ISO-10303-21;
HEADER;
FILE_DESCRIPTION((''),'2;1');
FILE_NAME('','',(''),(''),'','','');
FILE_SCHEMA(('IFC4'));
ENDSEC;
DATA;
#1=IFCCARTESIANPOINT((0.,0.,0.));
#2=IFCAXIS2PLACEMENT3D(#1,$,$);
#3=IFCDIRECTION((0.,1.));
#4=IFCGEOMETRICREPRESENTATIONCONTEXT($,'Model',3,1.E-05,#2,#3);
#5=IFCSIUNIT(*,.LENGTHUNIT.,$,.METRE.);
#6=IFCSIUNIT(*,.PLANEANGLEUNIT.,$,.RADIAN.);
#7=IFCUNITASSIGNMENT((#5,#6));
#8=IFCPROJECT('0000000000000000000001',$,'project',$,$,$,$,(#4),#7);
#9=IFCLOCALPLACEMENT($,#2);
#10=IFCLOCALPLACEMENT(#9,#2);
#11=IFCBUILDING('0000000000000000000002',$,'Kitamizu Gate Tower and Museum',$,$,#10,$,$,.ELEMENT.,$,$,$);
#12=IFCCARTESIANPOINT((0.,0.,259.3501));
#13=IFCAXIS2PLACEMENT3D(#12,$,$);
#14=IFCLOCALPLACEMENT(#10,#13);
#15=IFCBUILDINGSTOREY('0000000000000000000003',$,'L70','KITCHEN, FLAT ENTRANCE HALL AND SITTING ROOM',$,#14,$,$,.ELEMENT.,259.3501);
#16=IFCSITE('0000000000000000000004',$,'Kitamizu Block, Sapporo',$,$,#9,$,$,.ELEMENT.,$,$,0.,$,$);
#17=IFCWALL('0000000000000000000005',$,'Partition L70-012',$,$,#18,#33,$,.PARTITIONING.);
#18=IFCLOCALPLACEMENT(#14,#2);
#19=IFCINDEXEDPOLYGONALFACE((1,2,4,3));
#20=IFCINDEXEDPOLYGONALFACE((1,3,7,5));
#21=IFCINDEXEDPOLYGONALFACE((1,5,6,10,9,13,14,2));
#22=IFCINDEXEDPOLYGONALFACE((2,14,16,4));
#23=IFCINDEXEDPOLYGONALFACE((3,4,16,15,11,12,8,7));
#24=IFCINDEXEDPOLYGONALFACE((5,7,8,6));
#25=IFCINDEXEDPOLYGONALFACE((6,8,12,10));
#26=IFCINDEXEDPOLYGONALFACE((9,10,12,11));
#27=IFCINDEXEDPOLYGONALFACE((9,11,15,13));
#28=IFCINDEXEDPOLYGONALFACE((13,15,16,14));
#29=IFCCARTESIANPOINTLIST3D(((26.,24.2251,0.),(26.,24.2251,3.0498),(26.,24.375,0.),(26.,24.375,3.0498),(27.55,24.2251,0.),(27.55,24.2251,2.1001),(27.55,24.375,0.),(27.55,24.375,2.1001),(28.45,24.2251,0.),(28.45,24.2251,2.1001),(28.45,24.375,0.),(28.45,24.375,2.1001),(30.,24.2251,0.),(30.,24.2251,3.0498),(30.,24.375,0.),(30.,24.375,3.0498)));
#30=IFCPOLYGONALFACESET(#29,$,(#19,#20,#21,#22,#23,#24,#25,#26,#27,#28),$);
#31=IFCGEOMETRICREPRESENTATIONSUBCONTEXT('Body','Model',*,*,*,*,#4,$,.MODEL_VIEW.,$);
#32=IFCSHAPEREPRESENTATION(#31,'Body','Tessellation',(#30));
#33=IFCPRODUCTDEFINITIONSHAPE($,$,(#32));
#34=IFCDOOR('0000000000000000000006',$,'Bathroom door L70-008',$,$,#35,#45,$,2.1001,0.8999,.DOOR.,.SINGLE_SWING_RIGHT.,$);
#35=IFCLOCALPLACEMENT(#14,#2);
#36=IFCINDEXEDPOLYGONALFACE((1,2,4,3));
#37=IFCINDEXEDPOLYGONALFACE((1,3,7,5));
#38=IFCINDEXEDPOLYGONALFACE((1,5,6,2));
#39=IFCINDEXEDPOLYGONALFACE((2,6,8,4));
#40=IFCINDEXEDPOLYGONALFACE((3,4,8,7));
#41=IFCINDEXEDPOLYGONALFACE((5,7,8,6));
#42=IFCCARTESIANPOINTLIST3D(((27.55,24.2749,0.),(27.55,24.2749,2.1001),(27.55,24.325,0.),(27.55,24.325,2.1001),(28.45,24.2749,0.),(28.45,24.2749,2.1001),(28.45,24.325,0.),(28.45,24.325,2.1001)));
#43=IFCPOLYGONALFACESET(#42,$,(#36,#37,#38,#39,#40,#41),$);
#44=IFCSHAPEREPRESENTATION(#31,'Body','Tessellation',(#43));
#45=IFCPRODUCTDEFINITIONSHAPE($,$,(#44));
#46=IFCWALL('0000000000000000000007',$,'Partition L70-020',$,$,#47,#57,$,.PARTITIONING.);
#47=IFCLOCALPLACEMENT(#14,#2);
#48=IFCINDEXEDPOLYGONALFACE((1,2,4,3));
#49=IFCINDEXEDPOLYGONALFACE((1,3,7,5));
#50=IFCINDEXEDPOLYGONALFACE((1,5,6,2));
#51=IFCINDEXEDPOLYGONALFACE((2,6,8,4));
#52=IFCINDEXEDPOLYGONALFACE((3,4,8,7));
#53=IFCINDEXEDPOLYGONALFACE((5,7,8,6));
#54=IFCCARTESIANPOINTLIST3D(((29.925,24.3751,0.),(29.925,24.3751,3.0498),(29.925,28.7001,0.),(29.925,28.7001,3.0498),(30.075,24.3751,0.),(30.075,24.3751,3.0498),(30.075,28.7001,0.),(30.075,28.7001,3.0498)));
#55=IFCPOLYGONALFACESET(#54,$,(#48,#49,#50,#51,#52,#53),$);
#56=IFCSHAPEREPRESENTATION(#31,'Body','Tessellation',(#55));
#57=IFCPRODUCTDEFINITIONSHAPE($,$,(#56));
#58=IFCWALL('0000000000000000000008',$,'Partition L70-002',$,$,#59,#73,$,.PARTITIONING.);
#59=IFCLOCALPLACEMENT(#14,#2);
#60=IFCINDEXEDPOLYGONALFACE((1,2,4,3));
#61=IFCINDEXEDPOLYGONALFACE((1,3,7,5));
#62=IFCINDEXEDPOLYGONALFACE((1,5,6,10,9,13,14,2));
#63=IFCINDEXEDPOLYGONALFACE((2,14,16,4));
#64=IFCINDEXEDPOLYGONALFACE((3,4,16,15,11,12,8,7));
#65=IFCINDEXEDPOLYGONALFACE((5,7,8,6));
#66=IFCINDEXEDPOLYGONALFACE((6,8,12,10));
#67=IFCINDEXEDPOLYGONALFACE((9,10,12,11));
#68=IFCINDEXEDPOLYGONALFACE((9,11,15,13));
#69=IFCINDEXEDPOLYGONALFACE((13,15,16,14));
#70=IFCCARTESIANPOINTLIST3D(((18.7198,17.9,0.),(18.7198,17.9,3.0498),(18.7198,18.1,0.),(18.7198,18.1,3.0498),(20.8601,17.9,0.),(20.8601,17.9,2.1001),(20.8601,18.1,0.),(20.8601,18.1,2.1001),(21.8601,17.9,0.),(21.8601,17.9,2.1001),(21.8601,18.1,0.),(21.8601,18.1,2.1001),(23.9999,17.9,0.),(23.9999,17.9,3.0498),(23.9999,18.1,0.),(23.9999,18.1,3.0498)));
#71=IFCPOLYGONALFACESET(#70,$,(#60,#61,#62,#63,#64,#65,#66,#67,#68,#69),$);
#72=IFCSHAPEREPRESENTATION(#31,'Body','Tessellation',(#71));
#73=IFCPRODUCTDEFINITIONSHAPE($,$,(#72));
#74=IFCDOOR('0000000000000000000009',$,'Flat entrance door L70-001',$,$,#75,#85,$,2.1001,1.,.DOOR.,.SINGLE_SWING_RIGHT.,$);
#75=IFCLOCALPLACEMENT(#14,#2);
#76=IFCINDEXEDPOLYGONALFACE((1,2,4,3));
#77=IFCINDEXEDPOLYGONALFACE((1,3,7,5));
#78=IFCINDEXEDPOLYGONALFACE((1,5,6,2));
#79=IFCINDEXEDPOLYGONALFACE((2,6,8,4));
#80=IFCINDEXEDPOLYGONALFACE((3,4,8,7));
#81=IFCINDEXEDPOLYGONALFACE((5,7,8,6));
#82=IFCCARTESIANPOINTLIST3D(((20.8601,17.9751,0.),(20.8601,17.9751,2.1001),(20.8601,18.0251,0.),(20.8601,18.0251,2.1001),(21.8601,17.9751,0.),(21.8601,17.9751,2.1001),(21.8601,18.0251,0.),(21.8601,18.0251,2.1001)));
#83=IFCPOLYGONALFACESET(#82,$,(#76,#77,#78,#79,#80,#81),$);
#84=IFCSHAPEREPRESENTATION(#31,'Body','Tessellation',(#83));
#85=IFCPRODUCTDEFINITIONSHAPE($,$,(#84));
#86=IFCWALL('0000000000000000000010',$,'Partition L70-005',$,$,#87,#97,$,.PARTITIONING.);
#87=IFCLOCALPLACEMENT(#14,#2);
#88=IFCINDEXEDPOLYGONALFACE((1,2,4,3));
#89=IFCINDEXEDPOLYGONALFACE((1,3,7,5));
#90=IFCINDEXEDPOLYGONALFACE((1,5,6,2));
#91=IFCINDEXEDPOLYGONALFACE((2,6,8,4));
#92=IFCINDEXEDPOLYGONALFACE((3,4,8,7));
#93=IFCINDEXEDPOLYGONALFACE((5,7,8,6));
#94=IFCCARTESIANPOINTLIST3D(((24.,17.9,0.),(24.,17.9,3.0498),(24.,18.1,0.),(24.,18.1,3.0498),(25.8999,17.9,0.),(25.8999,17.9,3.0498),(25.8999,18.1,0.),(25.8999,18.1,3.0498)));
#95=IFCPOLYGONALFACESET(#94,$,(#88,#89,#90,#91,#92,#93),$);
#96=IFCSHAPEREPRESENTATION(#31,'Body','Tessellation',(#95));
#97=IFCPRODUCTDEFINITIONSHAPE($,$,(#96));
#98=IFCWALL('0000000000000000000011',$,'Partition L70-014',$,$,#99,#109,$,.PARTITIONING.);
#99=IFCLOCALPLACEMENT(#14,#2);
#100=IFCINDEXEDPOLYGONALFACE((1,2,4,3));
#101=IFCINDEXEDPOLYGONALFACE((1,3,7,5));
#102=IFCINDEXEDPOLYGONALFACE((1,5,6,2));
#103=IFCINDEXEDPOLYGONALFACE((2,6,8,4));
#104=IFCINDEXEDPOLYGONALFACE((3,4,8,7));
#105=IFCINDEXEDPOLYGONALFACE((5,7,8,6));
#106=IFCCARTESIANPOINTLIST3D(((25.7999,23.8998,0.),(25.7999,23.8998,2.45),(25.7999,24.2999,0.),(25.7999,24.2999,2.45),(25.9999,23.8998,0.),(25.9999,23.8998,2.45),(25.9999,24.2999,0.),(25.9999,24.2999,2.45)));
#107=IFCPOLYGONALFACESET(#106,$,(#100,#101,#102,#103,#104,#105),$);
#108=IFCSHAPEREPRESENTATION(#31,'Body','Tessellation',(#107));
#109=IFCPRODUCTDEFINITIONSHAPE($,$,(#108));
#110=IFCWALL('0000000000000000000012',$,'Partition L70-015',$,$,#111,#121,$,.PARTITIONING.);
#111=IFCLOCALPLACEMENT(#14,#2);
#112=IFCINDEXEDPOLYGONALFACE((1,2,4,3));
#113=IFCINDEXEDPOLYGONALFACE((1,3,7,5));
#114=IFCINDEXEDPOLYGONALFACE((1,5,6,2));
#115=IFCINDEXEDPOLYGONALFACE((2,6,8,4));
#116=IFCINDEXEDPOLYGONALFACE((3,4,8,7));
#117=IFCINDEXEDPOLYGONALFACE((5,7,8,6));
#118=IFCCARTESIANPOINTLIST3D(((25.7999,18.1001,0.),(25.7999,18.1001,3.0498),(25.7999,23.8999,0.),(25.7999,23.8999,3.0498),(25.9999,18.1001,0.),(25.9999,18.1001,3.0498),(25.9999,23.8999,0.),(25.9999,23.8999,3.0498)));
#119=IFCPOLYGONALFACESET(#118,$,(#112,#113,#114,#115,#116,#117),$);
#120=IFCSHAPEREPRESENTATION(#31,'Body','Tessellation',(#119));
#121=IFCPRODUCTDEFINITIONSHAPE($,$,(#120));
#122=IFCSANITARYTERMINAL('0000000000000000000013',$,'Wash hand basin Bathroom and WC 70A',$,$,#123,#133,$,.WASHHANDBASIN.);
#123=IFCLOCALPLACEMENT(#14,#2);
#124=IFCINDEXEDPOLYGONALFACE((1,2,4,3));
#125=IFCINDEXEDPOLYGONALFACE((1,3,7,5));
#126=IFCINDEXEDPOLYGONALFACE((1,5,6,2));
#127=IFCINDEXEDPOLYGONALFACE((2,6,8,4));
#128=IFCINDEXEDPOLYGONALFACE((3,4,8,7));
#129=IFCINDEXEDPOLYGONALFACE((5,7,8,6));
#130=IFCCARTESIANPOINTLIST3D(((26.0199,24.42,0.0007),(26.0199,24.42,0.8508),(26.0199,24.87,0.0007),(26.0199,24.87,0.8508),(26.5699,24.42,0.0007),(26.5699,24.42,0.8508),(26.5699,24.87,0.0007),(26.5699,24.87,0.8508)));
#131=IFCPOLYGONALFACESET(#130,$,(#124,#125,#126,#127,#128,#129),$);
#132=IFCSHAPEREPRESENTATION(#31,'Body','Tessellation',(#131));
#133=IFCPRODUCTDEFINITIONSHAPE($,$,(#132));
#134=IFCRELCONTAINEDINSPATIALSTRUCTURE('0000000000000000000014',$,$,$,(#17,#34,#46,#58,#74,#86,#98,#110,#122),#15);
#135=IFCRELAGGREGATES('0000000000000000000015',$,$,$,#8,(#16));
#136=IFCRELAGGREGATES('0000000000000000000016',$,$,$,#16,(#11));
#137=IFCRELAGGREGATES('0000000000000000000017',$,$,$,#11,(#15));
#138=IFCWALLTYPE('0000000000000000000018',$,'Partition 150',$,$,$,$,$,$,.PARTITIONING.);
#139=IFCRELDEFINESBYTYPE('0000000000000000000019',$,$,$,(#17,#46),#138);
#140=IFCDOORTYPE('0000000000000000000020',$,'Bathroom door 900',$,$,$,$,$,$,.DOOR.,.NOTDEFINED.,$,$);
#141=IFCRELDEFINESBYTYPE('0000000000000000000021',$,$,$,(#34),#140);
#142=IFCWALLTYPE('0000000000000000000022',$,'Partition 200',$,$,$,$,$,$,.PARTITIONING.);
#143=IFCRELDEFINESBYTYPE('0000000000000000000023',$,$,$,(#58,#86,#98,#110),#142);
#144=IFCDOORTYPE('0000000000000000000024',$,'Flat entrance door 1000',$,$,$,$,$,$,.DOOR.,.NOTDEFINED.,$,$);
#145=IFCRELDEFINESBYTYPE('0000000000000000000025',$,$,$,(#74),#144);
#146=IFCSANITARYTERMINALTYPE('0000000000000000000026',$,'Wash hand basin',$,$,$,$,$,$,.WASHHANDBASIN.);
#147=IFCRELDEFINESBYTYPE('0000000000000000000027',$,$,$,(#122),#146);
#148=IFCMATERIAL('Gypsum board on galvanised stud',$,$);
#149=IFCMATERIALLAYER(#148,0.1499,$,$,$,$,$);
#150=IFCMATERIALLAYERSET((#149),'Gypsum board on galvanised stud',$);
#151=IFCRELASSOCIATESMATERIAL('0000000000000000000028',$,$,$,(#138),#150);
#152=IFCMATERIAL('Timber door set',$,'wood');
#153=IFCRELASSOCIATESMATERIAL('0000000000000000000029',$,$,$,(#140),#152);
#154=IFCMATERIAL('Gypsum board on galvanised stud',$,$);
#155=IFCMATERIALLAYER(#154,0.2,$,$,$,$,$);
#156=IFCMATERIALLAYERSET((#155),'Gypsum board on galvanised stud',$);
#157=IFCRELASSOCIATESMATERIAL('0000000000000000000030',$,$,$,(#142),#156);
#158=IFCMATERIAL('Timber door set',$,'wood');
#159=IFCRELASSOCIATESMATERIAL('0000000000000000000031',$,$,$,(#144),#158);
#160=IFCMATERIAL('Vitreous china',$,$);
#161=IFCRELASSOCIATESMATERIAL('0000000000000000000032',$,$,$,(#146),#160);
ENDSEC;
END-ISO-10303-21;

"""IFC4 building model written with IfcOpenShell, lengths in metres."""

from ifc_helpers import new_model, si_unit, direction, frame, frame_2d, origin, origin_2d, place, context, subcontext, project, spatial, rectangle, extrude, material, layer, layer_set, type_object, element, fill, save


model = new_model("IFC4")

# Units and contexts
model_context = context("Model", 3, precision=1e-05, world=origin(), true_north=direction((0.0, 1.0)))
body_context = subcontext(model_context, "Body", "Model", "MODEL_VIEW")
ifc_project = project(units=[si_unit("LENGTHUNIT", "METRE"), si_unit("PLANEANGLEUNIT", "RADIAN")], contexts=[model_context])

# Site, building, storey
site_placement = place(None, origin())
site = spatial("IfcSite", under=ifc_project, at=site_placement, Name="Kitamizu Block, Sapporo", CompositionType="ELEMENT", RefElevation=0.0)
building_placement = place(site_placement, origin())
building = spatial("IfcBuilding", under=site, at=building_placement, Name="Kitamizu Gate Tower and Museum", CompositionType="ELEMENT")
storey_placement = place(building_placement, frame((0.0, 0.0, 259.3501)))
storey = spatial("IfcBuildingStorey", under=building, at=storey_placement, Name="L70", Description="KITCHEN, FLAT ENTRANCE HALL AND SITTING ROOM", CompositionType="ELEMENT", Elevation=259.3501)

# Wall, opening, door
ifc_material_1 = material(Name="Gypsum board on galvanised stud")
ifc_layer_1 = layer(ifc_material_1, 0.1499)
ifc_layer_set_1 = layer_set([ifc_layer_1], Name="Gypsum board on galvanised stud")
wall_type_1 = type_object("IfcWallType", Name="Partition 150", PredefinedType="PARTITIONING", material=ifc_layer_set_1)
wall_1_placement = place(storey_placement, frame((30.0, 24.3, 0.0), z_axis=(0.0, 0.0, 1.0), x_axis=(-1.0, 0.0, 0.0)))
wall_1 = element("IfcWall", 1, at=wall_1_placement, inside=storey, type_object=wall_type_1, Name="Partition L70-012", PredefinedType="PARTITIONING", context=body_context, shape_type="SweptSolid", body=[
    extrude(rectangle(XDim=4.0, YDim=0.1499, at=frame_2d((2.0, 0.0))), origin(), (0.0, 0.0, 1.0), 3.0498),
])
opening_1_placement = place(wall_1_placement, frame((1.55, 0.0, 0.0)))
opening_1 = element("IfcOpeningElement", 2, at=opening_1_placement, cuts=wall_1, PredefinedType="OPENING", context=body_context, shape_type="SweptSolid", body=[
    extrude(rectangle(XDim=0.8999, YDim=2.1001, at=frame_2d((0.45, 1.05))), frame((0.0, 0.085, 0.0), z_axis=(0.0, -1.0, 0.0), x_axis=(1.0, 0.0, 0.0)), (0.0, 0.0, 1.0), 0.1699),
])
ifc_material_2 = material(Name="Timber door set", Category="wood")
door_type_1 = type_object("IfcDoorType", Name="Bathroom door 900", OperationType="NOTDEFINED", PredefinedType="DOOR", material=ifc_material_2)
door_1_placement = place(opening_1_placement, frame((0.8999, 0.0, 0.0), x_axis=(-1.0, 0.0, 0.0)))
door_1 = element("IfcDoor", 3, at=door_1_placement, inside=storey, type_object=door_type_1, Name="Bathroom door L70-008", OperationType="SINGLE_SWING_RIGHT", OverallHeight=2.1001, OverallWidth=0.8999, PredefinedType="DOOR", context=body_context, shape_type="SweptSolid", body=[
    extrude(rectangle(XDim=0.8999, YDim=2.1001, at=frame_2d((0.45, 1.05))), frame((0.0, 0.0249, 0.0), z_axis=(0.0, -1.0, 0.0), x_axis=(1.0, 0.0, 0.0)), (0.0, 0.0, 1.0), 0.05),
])
fill(opening_1, door_1)

# Wall
wall_2_placement = place(storey_placement, frame((30.0, 24.375, 0.0), z_axis=(0.0, 0.0, 1.0), x_axis=(0.0, 1.0, 0.0)))
element("IfcWall", 4, at=wall_2_placement, inside=storey, type_object=wall_type_1, Name="Partition L70-020", PredefinedType="PARTITIONING", context=body_context, shape_type="SweptSolid", body=[
    extrude(rectangle(XDim=4.325, YDim=0.1499, at=frame_2d((2.1626, 0.0))), origin(), (0.0, 0.0, 1.0), 3.0498),
])

# Wall, opening, door
ifc_material_3 = material(Name="Gypsum board on galvanised stud")
ifc_layer_2 = layer(ifc_material_3, 0.2)
ifc_layer_set_2 = layer_set([ifc_layer_2], Name="Gypsum board on galvanised stud")
wall_type_2 = type_object("IfcWallType", Name="Partition 200", PredefinedType="PARTITIONING", material=ifc_layer_set_2)
wall_3_placement = place(storey_placement, frame((24.0, 18.0, 0.0), z_axis=(0.0, 0.0, 1.0), x_axis=(-1.0, 0.0, 0.0)))
wall_3 = element("IfcWall", 5, at=wall_3_placement, inside=storey, type_object=wall_type_2, Name="Partition L70-002", PredefinedType="PARTITIONING", context=body_context, shape_type="SweptSolid", body=[
    extrude(rectangle(XDim=5.28, YDim=0.2, at=frame_2d((2.6401, 0.0))), origin(), (0.0, 0.0, 1.0), 3.0498),
])
opening_2_placement = place(wall_3_placement, frame((2.1399, 0.0, 0.0)))
opening_2 = element("IfcOpeningElement", 6, at=opening_2_placement, cuts=wall_3, PredefinedType="OPENING", context=body_context, shape_type="SweptSolid", body=[
    extrude(rectangle(XDim=1.0, YDim=2.1001, at=frame_2d((0.5, 1.05))), frame((0.0, 0.1099, 0.0), z_axis=(0.0, -1.0, 0.0), x_axis=(1.0, 0.0, 0.0)), (0.0, 0.0, 1.0), 0.22),
])
ifc_material_4 = material(Name="Timber door set", Category="wood")
door_type_2 = type_object("IfcDoorType", Name="Flat entrance door 1000", OperationType="NOTDEFINED", PredefinedType="DOOR", material=ifc_material_4)
door_2_placement = place(opening_2_placement, origin())
door_2 = element("IfcDoor", 7, at=door_2_placement, inside=storey, type_object=door_type_2, Name="Flat entrance door L70-001", OperationType="SINGLE_SWING_RIGHT", OverallHeight=2.1001, OverallWidth=1.0, PredefinedType="DOOR", context=body_context, shape_type="SweptSolid", body=[
    extrude(rectangle(XDim=1.0, YDim=2.1001, at=frame_2d((0.5, 1.05))), frame((0.0, 0.0249, 0.0), z_axis=(0.0, -1.0, 0.0), x_axis=(1.0, 0.0, 0.0)), (0.0, 0.0, 1.0), 0.05),
])
fill(opening_2, door_2)

# Walls
wall_4_placement = place(storey_placement, frame((25.8999, 18.0, 0.0), z_axis=(0.0, 0.0, 1.0), x_axis=(-1.0, 0.0, 0.0)))
element("IfcWall", 8, at=wall_4_placement, inside=storey, type_object=wall_type_2, Name="Partition L70-005", PredefinedType="PARTITIONING", context=body_context, shape_type="SweptSolid", body=[
    extrude(rectangle(XDim=1.8999, YDim=0.2, at=frame_2d((0.95, 0.0))), origin(), (0.0, 0.0, 1.0), 3.0498),
])
wall_5_placement = place(storey_placement, frame((25.8999, 24.3, 0.0), z_axis=(0.0, 0.0, 1.0), x_axis=(0.0, -1.0, 0.0)))
element("IfcWall", 9, at=wall_5_placement, inside=storey, type_object=wall_type_2, Name="Partition L70-014", PredefinedType="PARTITIONING", context=body_context, shape_type="SweptSolid", body=[
    extrude(rectangle(XDim=0.4001, YDim=0.2, at=frame_2d((0.2002, 0.0))), origin(), (0.0, 0.0, 1.0), 2.45),
])
wall_6_placement = place(storey_placement, frame((25.8999, 23.8999, 0.0), z_axis=(0.0, 0.0, 1.0), x_axis=(0.0, -1.0, 0.0)))
element("IfcWall", 10, at=wall_6_placement, inside=storey, type_object=wall_type_2, Name="Partition L70-015", PredefinedType="PARTITIONING", context=body_context, shape_type="SweptSolid", body=[
    extrude(rectangle(XDim=5.7998, YDim=0.2, at=frame_2d((2.8999, 0.0))), origin(), (0.0, 0.0, 1.0), 3.0498),
])

# Sanitary terminal
ifc_material_5 = material(Name="Vitreous china")
sanitary_terminal_type = type_object("IfcSanitaryTerminalType", Name="Wash hand basin", PredefinedType="WASHHANDBASIN", material=ifc_material_5)
sanitary_terminal_placement = place(storey_placement, frame((26.2949, 24.645, 0.0007), z_axis=(0.0, 0.0, 1.0), x_axis=(1.0, 0.0, 0.0)))
element("IfcSanitaryTerminal", 11, at=sanitary_terminal_placement, inside=storey, type_object=sanitary_terminal_type, Name="Wash hand basin Bathroom and WC 70A", PredefinedType="WASHHANDBASIN", context=body_context, shape_type="SweptSolid", body=[
    extrude(rectangle(XDim=0.55, YDim=0.45, at=origin_2d()), origin(), (0.0, 0.0, 1.0), 0.8501),
])

save(model, "model.ifc")
